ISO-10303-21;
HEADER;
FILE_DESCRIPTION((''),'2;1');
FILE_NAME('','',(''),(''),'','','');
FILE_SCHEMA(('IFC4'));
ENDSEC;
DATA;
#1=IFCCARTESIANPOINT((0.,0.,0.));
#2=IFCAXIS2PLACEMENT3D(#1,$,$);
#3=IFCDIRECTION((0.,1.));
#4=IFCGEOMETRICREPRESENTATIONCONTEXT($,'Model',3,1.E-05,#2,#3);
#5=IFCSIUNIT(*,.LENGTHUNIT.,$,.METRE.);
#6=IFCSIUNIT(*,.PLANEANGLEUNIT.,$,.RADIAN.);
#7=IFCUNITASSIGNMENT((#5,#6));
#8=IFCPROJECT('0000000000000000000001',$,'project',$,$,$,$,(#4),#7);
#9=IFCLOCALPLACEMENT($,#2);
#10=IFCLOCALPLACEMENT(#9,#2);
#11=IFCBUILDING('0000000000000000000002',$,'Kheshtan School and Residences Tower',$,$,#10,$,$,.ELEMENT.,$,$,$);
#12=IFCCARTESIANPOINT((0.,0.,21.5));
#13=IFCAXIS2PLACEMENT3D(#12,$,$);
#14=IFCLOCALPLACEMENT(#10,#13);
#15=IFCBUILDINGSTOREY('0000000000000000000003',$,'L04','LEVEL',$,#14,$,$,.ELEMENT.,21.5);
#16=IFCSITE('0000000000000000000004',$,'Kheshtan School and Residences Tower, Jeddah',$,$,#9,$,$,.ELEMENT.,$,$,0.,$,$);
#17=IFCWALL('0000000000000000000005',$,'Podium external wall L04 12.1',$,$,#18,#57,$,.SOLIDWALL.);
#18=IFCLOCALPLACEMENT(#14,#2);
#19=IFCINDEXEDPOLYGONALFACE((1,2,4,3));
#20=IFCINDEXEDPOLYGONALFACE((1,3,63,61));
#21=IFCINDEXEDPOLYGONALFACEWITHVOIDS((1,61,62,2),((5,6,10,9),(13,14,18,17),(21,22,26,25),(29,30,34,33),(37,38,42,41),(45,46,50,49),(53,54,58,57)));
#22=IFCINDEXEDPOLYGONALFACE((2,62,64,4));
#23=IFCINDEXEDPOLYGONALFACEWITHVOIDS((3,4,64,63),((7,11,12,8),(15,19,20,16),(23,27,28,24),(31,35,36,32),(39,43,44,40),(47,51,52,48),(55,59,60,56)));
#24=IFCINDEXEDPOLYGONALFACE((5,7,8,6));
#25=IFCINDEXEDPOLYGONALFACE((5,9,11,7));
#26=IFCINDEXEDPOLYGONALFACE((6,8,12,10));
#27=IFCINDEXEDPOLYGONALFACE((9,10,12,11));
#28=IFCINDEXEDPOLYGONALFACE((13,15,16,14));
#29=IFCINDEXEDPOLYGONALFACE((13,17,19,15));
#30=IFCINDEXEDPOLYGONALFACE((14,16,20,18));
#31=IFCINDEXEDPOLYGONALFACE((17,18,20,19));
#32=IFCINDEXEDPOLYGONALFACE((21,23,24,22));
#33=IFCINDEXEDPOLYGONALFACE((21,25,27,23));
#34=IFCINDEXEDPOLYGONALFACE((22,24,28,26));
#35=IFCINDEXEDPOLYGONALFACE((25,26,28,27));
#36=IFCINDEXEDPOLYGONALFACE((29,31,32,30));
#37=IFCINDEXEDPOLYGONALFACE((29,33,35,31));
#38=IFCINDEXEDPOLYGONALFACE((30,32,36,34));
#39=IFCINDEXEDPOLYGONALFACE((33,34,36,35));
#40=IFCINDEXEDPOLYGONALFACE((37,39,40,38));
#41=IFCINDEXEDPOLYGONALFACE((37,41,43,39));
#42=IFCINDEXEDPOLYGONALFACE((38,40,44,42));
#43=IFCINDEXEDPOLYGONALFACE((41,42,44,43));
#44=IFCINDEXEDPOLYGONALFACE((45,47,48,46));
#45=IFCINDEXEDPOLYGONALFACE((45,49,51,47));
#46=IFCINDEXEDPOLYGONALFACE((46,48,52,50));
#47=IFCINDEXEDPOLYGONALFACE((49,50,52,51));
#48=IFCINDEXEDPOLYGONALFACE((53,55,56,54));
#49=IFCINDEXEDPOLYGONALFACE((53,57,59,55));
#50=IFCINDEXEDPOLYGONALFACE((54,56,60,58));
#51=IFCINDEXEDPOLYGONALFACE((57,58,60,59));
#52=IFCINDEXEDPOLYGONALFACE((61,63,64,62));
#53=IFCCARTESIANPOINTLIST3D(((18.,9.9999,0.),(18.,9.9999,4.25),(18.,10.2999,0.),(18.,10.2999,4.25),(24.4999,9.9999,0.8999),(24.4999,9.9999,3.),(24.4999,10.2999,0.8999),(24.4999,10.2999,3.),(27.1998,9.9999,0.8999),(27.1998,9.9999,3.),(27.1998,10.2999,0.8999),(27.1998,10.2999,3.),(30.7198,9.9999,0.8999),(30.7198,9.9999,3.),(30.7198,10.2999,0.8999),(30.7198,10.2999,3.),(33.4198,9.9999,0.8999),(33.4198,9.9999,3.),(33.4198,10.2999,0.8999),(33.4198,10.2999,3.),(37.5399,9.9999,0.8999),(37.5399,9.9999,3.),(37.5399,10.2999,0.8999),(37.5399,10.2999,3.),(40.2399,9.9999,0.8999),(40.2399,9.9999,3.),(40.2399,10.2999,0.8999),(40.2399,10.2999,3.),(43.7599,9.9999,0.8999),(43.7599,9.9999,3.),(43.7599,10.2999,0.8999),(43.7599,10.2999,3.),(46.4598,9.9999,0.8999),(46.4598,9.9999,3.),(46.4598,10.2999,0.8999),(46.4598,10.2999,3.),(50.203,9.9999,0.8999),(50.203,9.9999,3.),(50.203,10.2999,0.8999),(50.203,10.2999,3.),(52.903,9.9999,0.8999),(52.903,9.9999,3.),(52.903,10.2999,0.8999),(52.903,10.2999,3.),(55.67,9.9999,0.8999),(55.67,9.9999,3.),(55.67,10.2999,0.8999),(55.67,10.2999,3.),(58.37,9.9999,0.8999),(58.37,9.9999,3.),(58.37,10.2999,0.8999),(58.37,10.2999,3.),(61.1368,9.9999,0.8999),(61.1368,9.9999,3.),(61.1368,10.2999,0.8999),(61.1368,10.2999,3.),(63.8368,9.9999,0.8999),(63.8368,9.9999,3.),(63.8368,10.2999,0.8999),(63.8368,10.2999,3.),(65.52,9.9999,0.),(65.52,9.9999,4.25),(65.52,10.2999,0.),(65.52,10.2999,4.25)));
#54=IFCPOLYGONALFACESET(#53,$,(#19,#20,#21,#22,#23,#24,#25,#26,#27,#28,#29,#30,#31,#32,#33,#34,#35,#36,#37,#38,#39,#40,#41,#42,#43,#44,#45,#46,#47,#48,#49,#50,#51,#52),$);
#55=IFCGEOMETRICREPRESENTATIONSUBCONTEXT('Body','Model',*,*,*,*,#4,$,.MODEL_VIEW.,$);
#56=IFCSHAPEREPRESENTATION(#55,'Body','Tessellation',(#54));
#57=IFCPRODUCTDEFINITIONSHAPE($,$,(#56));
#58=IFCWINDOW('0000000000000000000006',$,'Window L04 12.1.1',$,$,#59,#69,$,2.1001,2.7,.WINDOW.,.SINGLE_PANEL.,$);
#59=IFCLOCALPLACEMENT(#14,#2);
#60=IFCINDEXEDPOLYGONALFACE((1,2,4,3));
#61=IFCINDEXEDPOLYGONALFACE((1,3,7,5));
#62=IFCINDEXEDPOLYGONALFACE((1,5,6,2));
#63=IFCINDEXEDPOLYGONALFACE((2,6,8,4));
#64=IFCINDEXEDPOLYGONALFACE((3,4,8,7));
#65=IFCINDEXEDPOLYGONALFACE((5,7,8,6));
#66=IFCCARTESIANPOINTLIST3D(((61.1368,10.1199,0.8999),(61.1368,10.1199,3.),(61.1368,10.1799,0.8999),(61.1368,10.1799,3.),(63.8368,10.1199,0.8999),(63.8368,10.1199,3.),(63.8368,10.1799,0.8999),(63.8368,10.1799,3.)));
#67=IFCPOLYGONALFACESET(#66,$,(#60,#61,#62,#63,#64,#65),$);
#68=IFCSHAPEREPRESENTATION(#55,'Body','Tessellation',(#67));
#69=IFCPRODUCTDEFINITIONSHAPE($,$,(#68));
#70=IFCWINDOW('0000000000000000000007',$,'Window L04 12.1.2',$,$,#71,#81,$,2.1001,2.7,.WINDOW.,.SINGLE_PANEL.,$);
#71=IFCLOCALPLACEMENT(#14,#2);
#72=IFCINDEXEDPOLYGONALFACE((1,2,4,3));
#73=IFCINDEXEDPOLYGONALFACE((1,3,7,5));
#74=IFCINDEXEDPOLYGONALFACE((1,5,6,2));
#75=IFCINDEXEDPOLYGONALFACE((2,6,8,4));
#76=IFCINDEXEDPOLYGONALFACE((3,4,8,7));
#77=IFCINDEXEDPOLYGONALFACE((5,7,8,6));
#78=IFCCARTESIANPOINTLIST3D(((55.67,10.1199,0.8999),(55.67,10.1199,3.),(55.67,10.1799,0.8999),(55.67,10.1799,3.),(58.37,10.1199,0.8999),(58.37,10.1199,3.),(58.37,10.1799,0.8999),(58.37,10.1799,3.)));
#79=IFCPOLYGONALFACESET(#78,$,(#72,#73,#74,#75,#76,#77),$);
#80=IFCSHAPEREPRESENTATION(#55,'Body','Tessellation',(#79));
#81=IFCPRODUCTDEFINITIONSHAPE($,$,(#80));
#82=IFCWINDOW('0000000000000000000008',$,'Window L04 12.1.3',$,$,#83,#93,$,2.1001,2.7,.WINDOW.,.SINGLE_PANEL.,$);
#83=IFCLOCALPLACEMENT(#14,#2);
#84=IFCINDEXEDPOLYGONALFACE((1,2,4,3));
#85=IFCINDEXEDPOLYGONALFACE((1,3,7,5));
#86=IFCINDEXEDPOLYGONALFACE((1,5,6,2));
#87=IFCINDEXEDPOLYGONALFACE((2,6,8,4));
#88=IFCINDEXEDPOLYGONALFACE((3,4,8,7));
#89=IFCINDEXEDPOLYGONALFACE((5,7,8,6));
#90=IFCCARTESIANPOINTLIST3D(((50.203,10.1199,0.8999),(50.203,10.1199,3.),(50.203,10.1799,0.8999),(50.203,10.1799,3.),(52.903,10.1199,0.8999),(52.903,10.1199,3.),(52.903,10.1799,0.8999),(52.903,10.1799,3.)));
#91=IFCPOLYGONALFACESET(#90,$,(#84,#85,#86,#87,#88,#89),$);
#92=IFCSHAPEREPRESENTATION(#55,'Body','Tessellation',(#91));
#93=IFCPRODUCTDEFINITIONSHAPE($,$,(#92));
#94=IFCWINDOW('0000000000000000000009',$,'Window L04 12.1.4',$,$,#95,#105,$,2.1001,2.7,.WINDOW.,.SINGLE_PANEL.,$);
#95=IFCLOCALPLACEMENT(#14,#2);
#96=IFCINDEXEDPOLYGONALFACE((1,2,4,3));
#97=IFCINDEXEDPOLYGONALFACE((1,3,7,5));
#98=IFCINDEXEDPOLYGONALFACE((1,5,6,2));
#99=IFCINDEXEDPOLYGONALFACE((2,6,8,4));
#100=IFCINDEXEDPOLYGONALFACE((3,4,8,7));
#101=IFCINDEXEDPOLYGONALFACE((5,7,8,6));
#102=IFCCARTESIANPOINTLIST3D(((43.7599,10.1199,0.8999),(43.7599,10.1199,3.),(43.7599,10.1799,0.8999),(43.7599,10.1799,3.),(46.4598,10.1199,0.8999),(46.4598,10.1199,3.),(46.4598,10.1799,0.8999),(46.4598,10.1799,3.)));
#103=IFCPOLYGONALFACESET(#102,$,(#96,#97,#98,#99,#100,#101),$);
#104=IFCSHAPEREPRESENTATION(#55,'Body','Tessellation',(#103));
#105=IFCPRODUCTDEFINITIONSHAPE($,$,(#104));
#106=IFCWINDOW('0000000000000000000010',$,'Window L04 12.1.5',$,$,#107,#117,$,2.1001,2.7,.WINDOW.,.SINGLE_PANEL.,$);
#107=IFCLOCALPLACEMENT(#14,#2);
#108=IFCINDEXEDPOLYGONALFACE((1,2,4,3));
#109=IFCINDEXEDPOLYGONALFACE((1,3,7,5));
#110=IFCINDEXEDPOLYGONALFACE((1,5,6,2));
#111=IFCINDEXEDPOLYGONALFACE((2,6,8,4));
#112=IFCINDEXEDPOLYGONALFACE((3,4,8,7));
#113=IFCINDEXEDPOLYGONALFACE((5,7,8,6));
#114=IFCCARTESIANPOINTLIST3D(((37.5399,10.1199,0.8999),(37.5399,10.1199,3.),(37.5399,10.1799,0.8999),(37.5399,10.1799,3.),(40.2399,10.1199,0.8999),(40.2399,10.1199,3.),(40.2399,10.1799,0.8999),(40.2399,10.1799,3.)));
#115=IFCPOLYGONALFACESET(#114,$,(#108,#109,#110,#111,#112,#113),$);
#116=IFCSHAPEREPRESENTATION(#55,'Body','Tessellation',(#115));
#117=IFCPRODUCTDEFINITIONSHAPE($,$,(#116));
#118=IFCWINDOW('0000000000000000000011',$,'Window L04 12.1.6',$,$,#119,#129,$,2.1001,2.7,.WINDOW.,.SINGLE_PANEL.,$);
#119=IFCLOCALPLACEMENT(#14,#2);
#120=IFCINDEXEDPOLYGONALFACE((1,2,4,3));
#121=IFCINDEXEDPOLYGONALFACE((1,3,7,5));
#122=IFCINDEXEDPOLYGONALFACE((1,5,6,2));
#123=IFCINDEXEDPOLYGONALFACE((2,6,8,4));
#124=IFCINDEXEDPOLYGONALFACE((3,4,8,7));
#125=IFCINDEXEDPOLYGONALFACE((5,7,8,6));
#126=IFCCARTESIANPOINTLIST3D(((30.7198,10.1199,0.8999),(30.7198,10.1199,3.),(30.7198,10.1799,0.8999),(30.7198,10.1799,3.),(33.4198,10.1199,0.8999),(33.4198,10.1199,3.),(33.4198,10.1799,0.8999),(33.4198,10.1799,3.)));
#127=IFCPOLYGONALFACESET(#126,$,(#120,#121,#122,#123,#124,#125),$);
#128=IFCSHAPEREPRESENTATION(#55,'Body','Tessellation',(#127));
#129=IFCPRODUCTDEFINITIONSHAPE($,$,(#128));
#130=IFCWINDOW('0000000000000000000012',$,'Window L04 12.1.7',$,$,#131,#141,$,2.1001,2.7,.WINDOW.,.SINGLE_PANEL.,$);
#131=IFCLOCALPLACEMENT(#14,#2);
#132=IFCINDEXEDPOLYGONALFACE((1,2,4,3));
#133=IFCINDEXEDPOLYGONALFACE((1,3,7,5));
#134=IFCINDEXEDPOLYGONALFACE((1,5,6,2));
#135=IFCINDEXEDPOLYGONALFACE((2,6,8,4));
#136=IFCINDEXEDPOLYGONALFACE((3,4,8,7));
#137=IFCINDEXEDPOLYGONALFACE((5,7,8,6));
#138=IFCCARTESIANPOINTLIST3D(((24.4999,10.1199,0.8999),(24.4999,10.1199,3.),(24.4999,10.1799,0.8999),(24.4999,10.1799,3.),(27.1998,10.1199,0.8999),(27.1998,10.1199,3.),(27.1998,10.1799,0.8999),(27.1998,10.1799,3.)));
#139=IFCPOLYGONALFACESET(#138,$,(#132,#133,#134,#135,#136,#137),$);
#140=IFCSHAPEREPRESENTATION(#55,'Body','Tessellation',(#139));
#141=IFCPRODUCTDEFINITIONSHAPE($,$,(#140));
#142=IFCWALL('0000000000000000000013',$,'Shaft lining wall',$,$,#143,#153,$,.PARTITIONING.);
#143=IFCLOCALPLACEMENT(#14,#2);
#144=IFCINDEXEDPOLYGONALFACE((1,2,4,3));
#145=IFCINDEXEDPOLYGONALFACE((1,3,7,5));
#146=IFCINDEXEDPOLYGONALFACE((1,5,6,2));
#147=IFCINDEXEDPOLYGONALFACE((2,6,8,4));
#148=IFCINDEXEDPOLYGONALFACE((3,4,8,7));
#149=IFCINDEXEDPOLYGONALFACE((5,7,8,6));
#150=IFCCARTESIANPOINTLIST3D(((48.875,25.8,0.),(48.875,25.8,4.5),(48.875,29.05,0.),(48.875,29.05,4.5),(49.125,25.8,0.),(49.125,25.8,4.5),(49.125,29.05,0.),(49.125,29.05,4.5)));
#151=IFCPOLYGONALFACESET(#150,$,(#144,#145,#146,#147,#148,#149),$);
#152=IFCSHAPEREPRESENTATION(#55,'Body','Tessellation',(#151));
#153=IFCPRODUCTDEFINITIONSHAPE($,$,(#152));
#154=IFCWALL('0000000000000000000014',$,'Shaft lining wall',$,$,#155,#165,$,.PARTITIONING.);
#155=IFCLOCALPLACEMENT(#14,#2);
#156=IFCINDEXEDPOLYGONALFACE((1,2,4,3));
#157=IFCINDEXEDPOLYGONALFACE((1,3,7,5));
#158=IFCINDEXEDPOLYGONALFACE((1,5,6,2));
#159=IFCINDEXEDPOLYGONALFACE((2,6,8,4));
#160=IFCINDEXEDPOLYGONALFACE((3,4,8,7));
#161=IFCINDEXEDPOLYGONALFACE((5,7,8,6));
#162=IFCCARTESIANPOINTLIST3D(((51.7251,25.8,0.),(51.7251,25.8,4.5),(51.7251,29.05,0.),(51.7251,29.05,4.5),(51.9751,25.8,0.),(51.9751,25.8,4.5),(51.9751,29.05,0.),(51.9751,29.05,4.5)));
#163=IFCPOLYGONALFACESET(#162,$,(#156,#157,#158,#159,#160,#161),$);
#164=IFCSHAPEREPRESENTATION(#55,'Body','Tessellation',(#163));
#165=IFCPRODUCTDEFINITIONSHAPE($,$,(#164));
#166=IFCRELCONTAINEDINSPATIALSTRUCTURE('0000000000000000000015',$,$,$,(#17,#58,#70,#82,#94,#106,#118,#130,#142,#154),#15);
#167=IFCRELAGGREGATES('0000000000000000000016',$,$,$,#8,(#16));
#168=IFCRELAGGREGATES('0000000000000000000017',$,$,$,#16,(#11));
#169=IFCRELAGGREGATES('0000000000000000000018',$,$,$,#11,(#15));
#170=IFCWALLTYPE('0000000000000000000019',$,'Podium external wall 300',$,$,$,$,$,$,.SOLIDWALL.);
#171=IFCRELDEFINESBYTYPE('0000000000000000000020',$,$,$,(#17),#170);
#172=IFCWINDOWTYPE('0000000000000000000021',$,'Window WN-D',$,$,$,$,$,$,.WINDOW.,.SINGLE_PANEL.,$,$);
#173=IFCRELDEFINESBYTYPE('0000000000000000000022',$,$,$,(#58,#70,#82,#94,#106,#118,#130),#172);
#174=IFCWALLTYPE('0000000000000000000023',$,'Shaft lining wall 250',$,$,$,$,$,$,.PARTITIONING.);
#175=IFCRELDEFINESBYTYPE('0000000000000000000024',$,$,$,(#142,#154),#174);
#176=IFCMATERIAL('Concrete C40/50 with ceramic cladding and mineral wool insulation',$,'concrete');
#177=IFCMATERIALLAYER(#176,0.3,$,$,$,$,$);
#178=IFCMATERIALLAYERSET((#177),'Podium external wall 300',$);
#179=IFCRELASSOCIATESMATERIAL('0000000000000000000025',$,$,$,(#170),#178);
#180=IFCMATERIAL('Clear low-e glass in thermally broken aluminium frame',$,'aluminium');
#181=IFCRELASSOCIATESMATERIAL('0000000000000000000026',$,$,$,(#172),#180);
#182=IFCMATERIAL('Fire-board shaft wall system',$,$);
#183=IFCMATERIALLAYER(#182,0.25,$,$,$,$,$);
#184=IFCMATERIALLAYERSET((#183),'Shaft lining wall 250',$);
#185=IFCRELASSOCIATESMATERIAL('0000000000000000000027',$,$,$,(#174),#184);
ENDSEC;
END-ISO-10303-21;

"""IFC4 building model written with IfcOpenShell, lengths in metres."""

from ifc_helpers import new_model, si_unit, direction, frame, frame_2d, origin, place, context, subcontext, project, spatial, rectangle, extrude, source, transform, mapped, material, layer, layer_set, type_object, element, fill, save


model = new_model("IFC4")

# Units and contexts
model_context = context("Model", 3, precision=1e-05, world=origin(), true_north=direction((0.0, 1.0)))
body_context = subcontext(model_context, "Body", "Model", "MODEL_VIEW")
ifc_project = project(units=[si_unit("LENGTHUNIT", "METRE"), si_unit("PLANEANGLEUNIT", "RADIAN")], contexts=[model_context])

# Site, building, storey
site_placement = place(None, origin())
site = spatial("IfcSite", under=ifc_project, at=site_placement, Name="Kheshtan School and Residences Tower, Jeddah", CompositionType="ELEMENT", RefElevation=0.0)
building_placement = place(site_placement, origin())
building = spatial("IfcBuilding", under=site, at=building_placement, Name="Kheshtan School and Residences Tower", CompositionType="ELEMENT")
storey_placement = place(building_placement, frame((0.0, 0.0, 21.5)))
storey = spatial("IfcBuildingStorey", under=building, at=storey_placement, Name="L04", Description="LEVEL", CompositionType="ELEMENT", Elevation=21.5)

# Shared definitions
ifc_material_1 = material(Name="Clear low-e glass in thermally broken aluminium frame", Category="aluminium")

# Wall, openings, windows
ifc_material_2 = material(Name="Concrete C40/50 with ceramic cladding and mineral wool insulation", Category="concrete")
ifc_layer_1 = layer(ifc_material_2, 0.3)
ifc_layer_set_1 = layer_set([ifc_layer_1], Name="Podium external wall 300")
wall_type_1 = type_object("IfcWallType", Name="Podium external wall 300", PredefinedType="SOLIDWALL", material=ifc_layer_set_1)
wall_1_placement = place(storey_placement, frame((65.52, 10.1499, 0.0), z_axis=(0.0, 0.0, 1.0), x_axis=(-1.0, 0.0, 0.0)))
wall_1 = element("IfcWall", 1, at=wall_1_placement, inside=storey, type_object=wall_type_1, Name="Podium external wall L04 12.1", PredefinedType="SOLIDWALL", context=body_context, shape_type="SweptSolid", body=[
    extrude(rectangle(XDim=47.52, YDim=0.3, at=frame_2d((23.76, 0.0))), origin(), (0.0, 0.0, 1.0), 4.25),
])
opening_1_placement = place(wall_1_placement, frame((1.6831, 0.0, 0.8999)))
opening_1 = element("IfcOpeningElement", 2, at=opening_1_placement, cuts=wall_1, PredefinedType="OPENING", context=body_context, shape_type="SweptSolid", body=[
    extrude(rectangle(XDim=2.7, YDim=2.1001, at=frame_2d((1.3501, 1.05))), frame((0.0, 0.1602, 0.0), z_axis=(0.0, -1.0, 0.0), x_axis=(1.0, 0.0, 0.0)), (0.0, 0.0, 1.0), 0.3201),
])
opening_2_placement = place(wall_1_placement, frame((7.1499, 0.0, 0.8999)))
opening_2 = element("IfcOpeningElement", 3, at=opening_2_placement, cuts=wall_1, PredefinedType="OPENING", context=body_context, shape_type="SweptSolid", body=[
    extrude(rectangle(XDim=2.7, YDim=2.1001, at=frame_2d((1.3501, 1.05))), frame((0.0, 0.1602, 0.0), z_axis=(0.0, -1.0, 0.0), x_axis=(1.0, 0.0, 0.0)), (0.0, 0.0, 1.0), 0.3201),
])
opening_3_placement = place(wall_1_placement, frame((12.6169, 0.0, 0.8999)))
opening_3 = element("IfcOpeningElement", 4, at=opening_3_placement, cuts=wall_1, PredefinedType="OPENING", context=body_context, shape_type="SweptSolid", body=[
    extrude(rectangle(XDim=2.7, YDim=2.1001, at=frame_2d((1.3501, 1.05))), frame((0.0, 0.1602, 0.0), z_axis=(0.0, -1.0, 0.0), x_axis=(1.0, 0.0, 0.0)), (0.0, 0.0, 1.0), 0.3201),
])
opening_4_placement = place(wall_1_placement, frame((19.0601, 0.0, 0.8999)))
opening_4 = element("IfcOpeningElement", 5, at=opening_4_placement, cuts=wall_1, PredefinedType="OPENING", context=body_context, shape_type="SweptSolid", body=[
    extrude(rectangle(XDim=2.7, YDim=2.1001, at=frame_2d((1.3501, 1.05))), frame((0.0, 0.1602, 0.0), z_axis=(0.0, -1.0, 0.0), x_axis=(1.0, 0.0, 0.0)), (0.0, 0.0, 1.0), 0.3201),
])
opening_5_placement = place(wall_1_placement, frame((25.28, 0.0, 0.8999)))
opening_5 = element("IfcOpeningElement", 6, at=opening_5_placement, cuts=wall_1, PredefinedType="OPENING", context=body_context, shape_type="SweptSolid", body=[
    extrude(rectangle(XDim=2.7, YDim=2.1001, at=frame_2d((1.3501, 1.05))), frame((0.0, 0.1602, 0.0), z_axis=(0.0, -1.0, 0.0), x_axis=(1.0, 0.0, 0.0)), (0.0, 0.0, 1.0), 0.3201),
])
opening_6_placement = place(wall_1_placement, frame((32.1001, 0.0, 0.8999)))
opening_6 = element("IfcOpeningElement", 7, at=opening_6_placement, cuts=wall_1, PredefinedType="OPENING", context=body_context, shape_type="SweptSolid", body=[
    extrude(rectangle(XDim=2.7, YDim=2.1001, at=frame_2d((1.3501, 1.05))), frame((0.0, 0.1602, 0.0), z_axis=(0.0, -1.0, 0.0), x_axis=(1.0, 0.0, 0.0)), (0.0, 0.0, 1.0), 0.3201),
])
opening_7_placement = place(wall_1_placement, frame((38.3201, 0.0, 0.8999)))
opening_7 = element("IfcOpeningElement", 8, at=opening_7_placement, cuts=wall_1, PredefinedType="OPENING", context=body_context, shape_type="SweptSolid", body=[
    extrude(rectangle(XDim=2.7, YDim=2.1001, at=frame_2d((1.3501, 1.05))), frame((0.0, 0.1602, 0.0), z_axis=(0.0, -1.0, 0.0), x_axis=(1.0, 0.0, 0.0)), (0.0, 0.0, 1.0), 0.3201),
])
window_type = type_object("IfcWindowType", Name="Window WN-D", PartitioningType="SINGLE_PANEL", PredefinedType="WINDOW", material=ifc_material_1)
shared_shape = source(origin(), body_context, "Body", "SweptSolid", [
    extrude(rectangle(XDim=2.7, YDim=2.1001, at=frame_2d((1.3501, 1.05))), frame((0.0, 0.03, 0.0), z_axis=(0.0, -1.0, 0.0), x_axis=(1.0, 0.0, 0.0)), (0.0, 0.0, 1.0), 0.0601),
])
window_1_placement = place(opening_1_placement, origin())
window_1 = element("IfcWindow", 9, at=window_1_placement, inside=storey, type_object=window_type, Name="Window L04 12.1.1", OverallHeight=2.1001, OverallWidth=2.7, PartitioningType="SINGLE_PANEL", PredefinedType="WINDOW", context=body_context, shape_type="MappedRepresentation", body=[
    mapped(shared_shape, transform((0.0, 0.0, 0.0), x_axis=(1.0, 0.0, 0.0), y_axis=(0.0, 1.0, 0.0), z_axis=(0.0, 0.0, 1.0), scale=1.0)),
])
fill(opening_1, window_1)
window_2_placement = place(opening_2_placement, origin())
window_2 = element("IfcWindow", 10, at=window_2_placement, inside=storey, type_object=window_type, Name="Window L04 12.1.2", OverallHeight=2.1001, OverallWidth=2.7, PartitioningType="SINGLE_PANEL", PredefinedType="WINDOW", context=body_context, shape_type="MappedRepresentation", body=[
    mapped(shared_shape, transform((0.0, 0.0, 0.0), x_axis=(1.0, 0.0, 0.0), y_axis=(0.0, 1.0, 0.0), z_axis=(0.0, 0.0, 1.0), scale=1.0)),
])
fill(opening_2, window_2)
window_3_placement = place(opening_3_placement, origin())
window_3 = element("IfcWindow", 11, at=window_3_placement, inside=storey, type_object=window_type, Name="Window L04 12.1.3", OverallHeight=2.1001, OverallWidth=2.7, PartitioningType="SINGLE_PANEL", PredefinedType="WINDOW", context=body_context, shape_type="MappedRepresentation", body=[
    mapped(shared_shape, transform((0.0, 0.0, 0.0), x_axis=(1.0, 0.0, 0.0), y_axis=(0.0, 1.0, 0.0), z_axis=(0.0, 0.0, 1.0), scale=1.0)),
])
fill(opening_3, window_3)
window_4_placement = place(opening_4_placement, origin())
window_4 = element("IfcWindow", 12, at=window_4_placement, inside=storey, type_object=window_type, Name="Window L04 12.1.4", OverallHeight=2.1001, OverallWidth=2.7, PartitioningType="SINGLE_PANEL", PredefinedType="WINDOW", context=body_context, shape_type="MappedRepresentation", body=[
    mapped(shared_shape, transform((0.0, 0.0, 0.0), x_axis=(1.0, 0.0, 0.0), y_axis=(0.0, 1.0, 0.0), z_axis=(0.0, 0.0, 1.0), scale=1.0)),
])
fill(opening_4, window_4)
window_5_placement = place(opening_5_placement, origin())
window_5 = element("IfcWindow", 13, at=window_5_placement, inside=storey, type_object=window_type, Name="Window L04 12.1.5", OverallHeight=2.1001, OverallWidth=2.7, PartitioningType="SINGLE_PANEL", PredefinedType="WINDOW", context=body_context, shape_type="MappedRepresentation", body=[
    mapped(shared_shape, transform((0.0, 0.0, 0.0), x_axis=(1.0, 0.0, 0.0), y_axis=(0.0, 1.0, 0.0), z_axis=(0.0, 0.0, 1.0), scale=1.0)),
])
fill(opening_5, window_5)
window_6_placement = place(opening_6_placement, origin())
window_6 = element("IfcWindow", 14, at=window_6_placement, inside=storey, type_object=window_type, Name="Window L04 12.1.6", OverallHeight=2.1001, OverallWidth=2.7, PartitioningType="SINGLE_PANEL", PredefinedType="WINDOW", context=body_context, shape_type="MappedRepresentation", body=[
    mapped(shared_shape, transform((0.0, 0.0, 0.0), x_axis=(1.0, 0.0, 0.0), y_axis=(0.0, 1.0, 0.0), z_axis=(0.0, 0.0, 1.0), scale=1.0)),
])
fill(opening_6, window_6)
window_7_placement = place(opening_7_placement, origin())
window_7 = element("IfcWindow", 15, at=window_7_placement, inside=storey, type_object=window_type, Name="Window L04 12.1.7", OverallHeight=2.1001, OverallWidth=2.7, PartitioningType="SINGLE_PANEL", PredefinedType="WINDOW", context=body_context, shape_type="MappedRepresentation", body=[
    mapped(shared_shape, transform((0.0, 0.0, 0.0), x_axis=(1.0, 0.0, 0.0), y_axis=(0.0, 1.0, 0.0), z_axis=(0.0, 0.0, 1.0), scale=1.0)),
])
fill(opening_7, window_7)

# Walls
ifc_material_3 = material(Name="Fire-board shaft wall system")
ifc_layer_2 = layer(ifc_material_3, 0.25)
ifc_layer_set_2 = layer_set([ifc_layer_2], Name="Shaft lining wall 250")
wall_type_2 = type_object("IfcWallType", Name="Shaft lining wall 250", PredefinedType="PARTITIONING", material=ifc_layer_set_2)
for number, where, z_axis, x_axis, name in (
    (16, (49.0, 25.8, 0.0), (0.0, 0.0, 1.0), (0.0, 1.0, 0.0), "Shaft lining wall"),
    (17, (51.8501, 25.8, 0.0), (0.0, 0.0, 1.0), (0.0, 1.0, 0.0), "Shaft lining wall"),
):
    element("IfcWall", number, at=place(storey_placement, frame(where, z_axis=z_axis, x_axis=x_axis)), inside=storey, type_object=wall_type_2, Name=name, PredefinedType="PARTITIONING", context=body_context, shape_type="SweptSolid", body=[
        extrude(rectangle(XDim=3.25, YDim=0.25, at=frame_2d((1.625, 0.0))), origin(), (0.0, 0.0, 1.0), 4.5),
    ])

save(model, "model.ifc")
